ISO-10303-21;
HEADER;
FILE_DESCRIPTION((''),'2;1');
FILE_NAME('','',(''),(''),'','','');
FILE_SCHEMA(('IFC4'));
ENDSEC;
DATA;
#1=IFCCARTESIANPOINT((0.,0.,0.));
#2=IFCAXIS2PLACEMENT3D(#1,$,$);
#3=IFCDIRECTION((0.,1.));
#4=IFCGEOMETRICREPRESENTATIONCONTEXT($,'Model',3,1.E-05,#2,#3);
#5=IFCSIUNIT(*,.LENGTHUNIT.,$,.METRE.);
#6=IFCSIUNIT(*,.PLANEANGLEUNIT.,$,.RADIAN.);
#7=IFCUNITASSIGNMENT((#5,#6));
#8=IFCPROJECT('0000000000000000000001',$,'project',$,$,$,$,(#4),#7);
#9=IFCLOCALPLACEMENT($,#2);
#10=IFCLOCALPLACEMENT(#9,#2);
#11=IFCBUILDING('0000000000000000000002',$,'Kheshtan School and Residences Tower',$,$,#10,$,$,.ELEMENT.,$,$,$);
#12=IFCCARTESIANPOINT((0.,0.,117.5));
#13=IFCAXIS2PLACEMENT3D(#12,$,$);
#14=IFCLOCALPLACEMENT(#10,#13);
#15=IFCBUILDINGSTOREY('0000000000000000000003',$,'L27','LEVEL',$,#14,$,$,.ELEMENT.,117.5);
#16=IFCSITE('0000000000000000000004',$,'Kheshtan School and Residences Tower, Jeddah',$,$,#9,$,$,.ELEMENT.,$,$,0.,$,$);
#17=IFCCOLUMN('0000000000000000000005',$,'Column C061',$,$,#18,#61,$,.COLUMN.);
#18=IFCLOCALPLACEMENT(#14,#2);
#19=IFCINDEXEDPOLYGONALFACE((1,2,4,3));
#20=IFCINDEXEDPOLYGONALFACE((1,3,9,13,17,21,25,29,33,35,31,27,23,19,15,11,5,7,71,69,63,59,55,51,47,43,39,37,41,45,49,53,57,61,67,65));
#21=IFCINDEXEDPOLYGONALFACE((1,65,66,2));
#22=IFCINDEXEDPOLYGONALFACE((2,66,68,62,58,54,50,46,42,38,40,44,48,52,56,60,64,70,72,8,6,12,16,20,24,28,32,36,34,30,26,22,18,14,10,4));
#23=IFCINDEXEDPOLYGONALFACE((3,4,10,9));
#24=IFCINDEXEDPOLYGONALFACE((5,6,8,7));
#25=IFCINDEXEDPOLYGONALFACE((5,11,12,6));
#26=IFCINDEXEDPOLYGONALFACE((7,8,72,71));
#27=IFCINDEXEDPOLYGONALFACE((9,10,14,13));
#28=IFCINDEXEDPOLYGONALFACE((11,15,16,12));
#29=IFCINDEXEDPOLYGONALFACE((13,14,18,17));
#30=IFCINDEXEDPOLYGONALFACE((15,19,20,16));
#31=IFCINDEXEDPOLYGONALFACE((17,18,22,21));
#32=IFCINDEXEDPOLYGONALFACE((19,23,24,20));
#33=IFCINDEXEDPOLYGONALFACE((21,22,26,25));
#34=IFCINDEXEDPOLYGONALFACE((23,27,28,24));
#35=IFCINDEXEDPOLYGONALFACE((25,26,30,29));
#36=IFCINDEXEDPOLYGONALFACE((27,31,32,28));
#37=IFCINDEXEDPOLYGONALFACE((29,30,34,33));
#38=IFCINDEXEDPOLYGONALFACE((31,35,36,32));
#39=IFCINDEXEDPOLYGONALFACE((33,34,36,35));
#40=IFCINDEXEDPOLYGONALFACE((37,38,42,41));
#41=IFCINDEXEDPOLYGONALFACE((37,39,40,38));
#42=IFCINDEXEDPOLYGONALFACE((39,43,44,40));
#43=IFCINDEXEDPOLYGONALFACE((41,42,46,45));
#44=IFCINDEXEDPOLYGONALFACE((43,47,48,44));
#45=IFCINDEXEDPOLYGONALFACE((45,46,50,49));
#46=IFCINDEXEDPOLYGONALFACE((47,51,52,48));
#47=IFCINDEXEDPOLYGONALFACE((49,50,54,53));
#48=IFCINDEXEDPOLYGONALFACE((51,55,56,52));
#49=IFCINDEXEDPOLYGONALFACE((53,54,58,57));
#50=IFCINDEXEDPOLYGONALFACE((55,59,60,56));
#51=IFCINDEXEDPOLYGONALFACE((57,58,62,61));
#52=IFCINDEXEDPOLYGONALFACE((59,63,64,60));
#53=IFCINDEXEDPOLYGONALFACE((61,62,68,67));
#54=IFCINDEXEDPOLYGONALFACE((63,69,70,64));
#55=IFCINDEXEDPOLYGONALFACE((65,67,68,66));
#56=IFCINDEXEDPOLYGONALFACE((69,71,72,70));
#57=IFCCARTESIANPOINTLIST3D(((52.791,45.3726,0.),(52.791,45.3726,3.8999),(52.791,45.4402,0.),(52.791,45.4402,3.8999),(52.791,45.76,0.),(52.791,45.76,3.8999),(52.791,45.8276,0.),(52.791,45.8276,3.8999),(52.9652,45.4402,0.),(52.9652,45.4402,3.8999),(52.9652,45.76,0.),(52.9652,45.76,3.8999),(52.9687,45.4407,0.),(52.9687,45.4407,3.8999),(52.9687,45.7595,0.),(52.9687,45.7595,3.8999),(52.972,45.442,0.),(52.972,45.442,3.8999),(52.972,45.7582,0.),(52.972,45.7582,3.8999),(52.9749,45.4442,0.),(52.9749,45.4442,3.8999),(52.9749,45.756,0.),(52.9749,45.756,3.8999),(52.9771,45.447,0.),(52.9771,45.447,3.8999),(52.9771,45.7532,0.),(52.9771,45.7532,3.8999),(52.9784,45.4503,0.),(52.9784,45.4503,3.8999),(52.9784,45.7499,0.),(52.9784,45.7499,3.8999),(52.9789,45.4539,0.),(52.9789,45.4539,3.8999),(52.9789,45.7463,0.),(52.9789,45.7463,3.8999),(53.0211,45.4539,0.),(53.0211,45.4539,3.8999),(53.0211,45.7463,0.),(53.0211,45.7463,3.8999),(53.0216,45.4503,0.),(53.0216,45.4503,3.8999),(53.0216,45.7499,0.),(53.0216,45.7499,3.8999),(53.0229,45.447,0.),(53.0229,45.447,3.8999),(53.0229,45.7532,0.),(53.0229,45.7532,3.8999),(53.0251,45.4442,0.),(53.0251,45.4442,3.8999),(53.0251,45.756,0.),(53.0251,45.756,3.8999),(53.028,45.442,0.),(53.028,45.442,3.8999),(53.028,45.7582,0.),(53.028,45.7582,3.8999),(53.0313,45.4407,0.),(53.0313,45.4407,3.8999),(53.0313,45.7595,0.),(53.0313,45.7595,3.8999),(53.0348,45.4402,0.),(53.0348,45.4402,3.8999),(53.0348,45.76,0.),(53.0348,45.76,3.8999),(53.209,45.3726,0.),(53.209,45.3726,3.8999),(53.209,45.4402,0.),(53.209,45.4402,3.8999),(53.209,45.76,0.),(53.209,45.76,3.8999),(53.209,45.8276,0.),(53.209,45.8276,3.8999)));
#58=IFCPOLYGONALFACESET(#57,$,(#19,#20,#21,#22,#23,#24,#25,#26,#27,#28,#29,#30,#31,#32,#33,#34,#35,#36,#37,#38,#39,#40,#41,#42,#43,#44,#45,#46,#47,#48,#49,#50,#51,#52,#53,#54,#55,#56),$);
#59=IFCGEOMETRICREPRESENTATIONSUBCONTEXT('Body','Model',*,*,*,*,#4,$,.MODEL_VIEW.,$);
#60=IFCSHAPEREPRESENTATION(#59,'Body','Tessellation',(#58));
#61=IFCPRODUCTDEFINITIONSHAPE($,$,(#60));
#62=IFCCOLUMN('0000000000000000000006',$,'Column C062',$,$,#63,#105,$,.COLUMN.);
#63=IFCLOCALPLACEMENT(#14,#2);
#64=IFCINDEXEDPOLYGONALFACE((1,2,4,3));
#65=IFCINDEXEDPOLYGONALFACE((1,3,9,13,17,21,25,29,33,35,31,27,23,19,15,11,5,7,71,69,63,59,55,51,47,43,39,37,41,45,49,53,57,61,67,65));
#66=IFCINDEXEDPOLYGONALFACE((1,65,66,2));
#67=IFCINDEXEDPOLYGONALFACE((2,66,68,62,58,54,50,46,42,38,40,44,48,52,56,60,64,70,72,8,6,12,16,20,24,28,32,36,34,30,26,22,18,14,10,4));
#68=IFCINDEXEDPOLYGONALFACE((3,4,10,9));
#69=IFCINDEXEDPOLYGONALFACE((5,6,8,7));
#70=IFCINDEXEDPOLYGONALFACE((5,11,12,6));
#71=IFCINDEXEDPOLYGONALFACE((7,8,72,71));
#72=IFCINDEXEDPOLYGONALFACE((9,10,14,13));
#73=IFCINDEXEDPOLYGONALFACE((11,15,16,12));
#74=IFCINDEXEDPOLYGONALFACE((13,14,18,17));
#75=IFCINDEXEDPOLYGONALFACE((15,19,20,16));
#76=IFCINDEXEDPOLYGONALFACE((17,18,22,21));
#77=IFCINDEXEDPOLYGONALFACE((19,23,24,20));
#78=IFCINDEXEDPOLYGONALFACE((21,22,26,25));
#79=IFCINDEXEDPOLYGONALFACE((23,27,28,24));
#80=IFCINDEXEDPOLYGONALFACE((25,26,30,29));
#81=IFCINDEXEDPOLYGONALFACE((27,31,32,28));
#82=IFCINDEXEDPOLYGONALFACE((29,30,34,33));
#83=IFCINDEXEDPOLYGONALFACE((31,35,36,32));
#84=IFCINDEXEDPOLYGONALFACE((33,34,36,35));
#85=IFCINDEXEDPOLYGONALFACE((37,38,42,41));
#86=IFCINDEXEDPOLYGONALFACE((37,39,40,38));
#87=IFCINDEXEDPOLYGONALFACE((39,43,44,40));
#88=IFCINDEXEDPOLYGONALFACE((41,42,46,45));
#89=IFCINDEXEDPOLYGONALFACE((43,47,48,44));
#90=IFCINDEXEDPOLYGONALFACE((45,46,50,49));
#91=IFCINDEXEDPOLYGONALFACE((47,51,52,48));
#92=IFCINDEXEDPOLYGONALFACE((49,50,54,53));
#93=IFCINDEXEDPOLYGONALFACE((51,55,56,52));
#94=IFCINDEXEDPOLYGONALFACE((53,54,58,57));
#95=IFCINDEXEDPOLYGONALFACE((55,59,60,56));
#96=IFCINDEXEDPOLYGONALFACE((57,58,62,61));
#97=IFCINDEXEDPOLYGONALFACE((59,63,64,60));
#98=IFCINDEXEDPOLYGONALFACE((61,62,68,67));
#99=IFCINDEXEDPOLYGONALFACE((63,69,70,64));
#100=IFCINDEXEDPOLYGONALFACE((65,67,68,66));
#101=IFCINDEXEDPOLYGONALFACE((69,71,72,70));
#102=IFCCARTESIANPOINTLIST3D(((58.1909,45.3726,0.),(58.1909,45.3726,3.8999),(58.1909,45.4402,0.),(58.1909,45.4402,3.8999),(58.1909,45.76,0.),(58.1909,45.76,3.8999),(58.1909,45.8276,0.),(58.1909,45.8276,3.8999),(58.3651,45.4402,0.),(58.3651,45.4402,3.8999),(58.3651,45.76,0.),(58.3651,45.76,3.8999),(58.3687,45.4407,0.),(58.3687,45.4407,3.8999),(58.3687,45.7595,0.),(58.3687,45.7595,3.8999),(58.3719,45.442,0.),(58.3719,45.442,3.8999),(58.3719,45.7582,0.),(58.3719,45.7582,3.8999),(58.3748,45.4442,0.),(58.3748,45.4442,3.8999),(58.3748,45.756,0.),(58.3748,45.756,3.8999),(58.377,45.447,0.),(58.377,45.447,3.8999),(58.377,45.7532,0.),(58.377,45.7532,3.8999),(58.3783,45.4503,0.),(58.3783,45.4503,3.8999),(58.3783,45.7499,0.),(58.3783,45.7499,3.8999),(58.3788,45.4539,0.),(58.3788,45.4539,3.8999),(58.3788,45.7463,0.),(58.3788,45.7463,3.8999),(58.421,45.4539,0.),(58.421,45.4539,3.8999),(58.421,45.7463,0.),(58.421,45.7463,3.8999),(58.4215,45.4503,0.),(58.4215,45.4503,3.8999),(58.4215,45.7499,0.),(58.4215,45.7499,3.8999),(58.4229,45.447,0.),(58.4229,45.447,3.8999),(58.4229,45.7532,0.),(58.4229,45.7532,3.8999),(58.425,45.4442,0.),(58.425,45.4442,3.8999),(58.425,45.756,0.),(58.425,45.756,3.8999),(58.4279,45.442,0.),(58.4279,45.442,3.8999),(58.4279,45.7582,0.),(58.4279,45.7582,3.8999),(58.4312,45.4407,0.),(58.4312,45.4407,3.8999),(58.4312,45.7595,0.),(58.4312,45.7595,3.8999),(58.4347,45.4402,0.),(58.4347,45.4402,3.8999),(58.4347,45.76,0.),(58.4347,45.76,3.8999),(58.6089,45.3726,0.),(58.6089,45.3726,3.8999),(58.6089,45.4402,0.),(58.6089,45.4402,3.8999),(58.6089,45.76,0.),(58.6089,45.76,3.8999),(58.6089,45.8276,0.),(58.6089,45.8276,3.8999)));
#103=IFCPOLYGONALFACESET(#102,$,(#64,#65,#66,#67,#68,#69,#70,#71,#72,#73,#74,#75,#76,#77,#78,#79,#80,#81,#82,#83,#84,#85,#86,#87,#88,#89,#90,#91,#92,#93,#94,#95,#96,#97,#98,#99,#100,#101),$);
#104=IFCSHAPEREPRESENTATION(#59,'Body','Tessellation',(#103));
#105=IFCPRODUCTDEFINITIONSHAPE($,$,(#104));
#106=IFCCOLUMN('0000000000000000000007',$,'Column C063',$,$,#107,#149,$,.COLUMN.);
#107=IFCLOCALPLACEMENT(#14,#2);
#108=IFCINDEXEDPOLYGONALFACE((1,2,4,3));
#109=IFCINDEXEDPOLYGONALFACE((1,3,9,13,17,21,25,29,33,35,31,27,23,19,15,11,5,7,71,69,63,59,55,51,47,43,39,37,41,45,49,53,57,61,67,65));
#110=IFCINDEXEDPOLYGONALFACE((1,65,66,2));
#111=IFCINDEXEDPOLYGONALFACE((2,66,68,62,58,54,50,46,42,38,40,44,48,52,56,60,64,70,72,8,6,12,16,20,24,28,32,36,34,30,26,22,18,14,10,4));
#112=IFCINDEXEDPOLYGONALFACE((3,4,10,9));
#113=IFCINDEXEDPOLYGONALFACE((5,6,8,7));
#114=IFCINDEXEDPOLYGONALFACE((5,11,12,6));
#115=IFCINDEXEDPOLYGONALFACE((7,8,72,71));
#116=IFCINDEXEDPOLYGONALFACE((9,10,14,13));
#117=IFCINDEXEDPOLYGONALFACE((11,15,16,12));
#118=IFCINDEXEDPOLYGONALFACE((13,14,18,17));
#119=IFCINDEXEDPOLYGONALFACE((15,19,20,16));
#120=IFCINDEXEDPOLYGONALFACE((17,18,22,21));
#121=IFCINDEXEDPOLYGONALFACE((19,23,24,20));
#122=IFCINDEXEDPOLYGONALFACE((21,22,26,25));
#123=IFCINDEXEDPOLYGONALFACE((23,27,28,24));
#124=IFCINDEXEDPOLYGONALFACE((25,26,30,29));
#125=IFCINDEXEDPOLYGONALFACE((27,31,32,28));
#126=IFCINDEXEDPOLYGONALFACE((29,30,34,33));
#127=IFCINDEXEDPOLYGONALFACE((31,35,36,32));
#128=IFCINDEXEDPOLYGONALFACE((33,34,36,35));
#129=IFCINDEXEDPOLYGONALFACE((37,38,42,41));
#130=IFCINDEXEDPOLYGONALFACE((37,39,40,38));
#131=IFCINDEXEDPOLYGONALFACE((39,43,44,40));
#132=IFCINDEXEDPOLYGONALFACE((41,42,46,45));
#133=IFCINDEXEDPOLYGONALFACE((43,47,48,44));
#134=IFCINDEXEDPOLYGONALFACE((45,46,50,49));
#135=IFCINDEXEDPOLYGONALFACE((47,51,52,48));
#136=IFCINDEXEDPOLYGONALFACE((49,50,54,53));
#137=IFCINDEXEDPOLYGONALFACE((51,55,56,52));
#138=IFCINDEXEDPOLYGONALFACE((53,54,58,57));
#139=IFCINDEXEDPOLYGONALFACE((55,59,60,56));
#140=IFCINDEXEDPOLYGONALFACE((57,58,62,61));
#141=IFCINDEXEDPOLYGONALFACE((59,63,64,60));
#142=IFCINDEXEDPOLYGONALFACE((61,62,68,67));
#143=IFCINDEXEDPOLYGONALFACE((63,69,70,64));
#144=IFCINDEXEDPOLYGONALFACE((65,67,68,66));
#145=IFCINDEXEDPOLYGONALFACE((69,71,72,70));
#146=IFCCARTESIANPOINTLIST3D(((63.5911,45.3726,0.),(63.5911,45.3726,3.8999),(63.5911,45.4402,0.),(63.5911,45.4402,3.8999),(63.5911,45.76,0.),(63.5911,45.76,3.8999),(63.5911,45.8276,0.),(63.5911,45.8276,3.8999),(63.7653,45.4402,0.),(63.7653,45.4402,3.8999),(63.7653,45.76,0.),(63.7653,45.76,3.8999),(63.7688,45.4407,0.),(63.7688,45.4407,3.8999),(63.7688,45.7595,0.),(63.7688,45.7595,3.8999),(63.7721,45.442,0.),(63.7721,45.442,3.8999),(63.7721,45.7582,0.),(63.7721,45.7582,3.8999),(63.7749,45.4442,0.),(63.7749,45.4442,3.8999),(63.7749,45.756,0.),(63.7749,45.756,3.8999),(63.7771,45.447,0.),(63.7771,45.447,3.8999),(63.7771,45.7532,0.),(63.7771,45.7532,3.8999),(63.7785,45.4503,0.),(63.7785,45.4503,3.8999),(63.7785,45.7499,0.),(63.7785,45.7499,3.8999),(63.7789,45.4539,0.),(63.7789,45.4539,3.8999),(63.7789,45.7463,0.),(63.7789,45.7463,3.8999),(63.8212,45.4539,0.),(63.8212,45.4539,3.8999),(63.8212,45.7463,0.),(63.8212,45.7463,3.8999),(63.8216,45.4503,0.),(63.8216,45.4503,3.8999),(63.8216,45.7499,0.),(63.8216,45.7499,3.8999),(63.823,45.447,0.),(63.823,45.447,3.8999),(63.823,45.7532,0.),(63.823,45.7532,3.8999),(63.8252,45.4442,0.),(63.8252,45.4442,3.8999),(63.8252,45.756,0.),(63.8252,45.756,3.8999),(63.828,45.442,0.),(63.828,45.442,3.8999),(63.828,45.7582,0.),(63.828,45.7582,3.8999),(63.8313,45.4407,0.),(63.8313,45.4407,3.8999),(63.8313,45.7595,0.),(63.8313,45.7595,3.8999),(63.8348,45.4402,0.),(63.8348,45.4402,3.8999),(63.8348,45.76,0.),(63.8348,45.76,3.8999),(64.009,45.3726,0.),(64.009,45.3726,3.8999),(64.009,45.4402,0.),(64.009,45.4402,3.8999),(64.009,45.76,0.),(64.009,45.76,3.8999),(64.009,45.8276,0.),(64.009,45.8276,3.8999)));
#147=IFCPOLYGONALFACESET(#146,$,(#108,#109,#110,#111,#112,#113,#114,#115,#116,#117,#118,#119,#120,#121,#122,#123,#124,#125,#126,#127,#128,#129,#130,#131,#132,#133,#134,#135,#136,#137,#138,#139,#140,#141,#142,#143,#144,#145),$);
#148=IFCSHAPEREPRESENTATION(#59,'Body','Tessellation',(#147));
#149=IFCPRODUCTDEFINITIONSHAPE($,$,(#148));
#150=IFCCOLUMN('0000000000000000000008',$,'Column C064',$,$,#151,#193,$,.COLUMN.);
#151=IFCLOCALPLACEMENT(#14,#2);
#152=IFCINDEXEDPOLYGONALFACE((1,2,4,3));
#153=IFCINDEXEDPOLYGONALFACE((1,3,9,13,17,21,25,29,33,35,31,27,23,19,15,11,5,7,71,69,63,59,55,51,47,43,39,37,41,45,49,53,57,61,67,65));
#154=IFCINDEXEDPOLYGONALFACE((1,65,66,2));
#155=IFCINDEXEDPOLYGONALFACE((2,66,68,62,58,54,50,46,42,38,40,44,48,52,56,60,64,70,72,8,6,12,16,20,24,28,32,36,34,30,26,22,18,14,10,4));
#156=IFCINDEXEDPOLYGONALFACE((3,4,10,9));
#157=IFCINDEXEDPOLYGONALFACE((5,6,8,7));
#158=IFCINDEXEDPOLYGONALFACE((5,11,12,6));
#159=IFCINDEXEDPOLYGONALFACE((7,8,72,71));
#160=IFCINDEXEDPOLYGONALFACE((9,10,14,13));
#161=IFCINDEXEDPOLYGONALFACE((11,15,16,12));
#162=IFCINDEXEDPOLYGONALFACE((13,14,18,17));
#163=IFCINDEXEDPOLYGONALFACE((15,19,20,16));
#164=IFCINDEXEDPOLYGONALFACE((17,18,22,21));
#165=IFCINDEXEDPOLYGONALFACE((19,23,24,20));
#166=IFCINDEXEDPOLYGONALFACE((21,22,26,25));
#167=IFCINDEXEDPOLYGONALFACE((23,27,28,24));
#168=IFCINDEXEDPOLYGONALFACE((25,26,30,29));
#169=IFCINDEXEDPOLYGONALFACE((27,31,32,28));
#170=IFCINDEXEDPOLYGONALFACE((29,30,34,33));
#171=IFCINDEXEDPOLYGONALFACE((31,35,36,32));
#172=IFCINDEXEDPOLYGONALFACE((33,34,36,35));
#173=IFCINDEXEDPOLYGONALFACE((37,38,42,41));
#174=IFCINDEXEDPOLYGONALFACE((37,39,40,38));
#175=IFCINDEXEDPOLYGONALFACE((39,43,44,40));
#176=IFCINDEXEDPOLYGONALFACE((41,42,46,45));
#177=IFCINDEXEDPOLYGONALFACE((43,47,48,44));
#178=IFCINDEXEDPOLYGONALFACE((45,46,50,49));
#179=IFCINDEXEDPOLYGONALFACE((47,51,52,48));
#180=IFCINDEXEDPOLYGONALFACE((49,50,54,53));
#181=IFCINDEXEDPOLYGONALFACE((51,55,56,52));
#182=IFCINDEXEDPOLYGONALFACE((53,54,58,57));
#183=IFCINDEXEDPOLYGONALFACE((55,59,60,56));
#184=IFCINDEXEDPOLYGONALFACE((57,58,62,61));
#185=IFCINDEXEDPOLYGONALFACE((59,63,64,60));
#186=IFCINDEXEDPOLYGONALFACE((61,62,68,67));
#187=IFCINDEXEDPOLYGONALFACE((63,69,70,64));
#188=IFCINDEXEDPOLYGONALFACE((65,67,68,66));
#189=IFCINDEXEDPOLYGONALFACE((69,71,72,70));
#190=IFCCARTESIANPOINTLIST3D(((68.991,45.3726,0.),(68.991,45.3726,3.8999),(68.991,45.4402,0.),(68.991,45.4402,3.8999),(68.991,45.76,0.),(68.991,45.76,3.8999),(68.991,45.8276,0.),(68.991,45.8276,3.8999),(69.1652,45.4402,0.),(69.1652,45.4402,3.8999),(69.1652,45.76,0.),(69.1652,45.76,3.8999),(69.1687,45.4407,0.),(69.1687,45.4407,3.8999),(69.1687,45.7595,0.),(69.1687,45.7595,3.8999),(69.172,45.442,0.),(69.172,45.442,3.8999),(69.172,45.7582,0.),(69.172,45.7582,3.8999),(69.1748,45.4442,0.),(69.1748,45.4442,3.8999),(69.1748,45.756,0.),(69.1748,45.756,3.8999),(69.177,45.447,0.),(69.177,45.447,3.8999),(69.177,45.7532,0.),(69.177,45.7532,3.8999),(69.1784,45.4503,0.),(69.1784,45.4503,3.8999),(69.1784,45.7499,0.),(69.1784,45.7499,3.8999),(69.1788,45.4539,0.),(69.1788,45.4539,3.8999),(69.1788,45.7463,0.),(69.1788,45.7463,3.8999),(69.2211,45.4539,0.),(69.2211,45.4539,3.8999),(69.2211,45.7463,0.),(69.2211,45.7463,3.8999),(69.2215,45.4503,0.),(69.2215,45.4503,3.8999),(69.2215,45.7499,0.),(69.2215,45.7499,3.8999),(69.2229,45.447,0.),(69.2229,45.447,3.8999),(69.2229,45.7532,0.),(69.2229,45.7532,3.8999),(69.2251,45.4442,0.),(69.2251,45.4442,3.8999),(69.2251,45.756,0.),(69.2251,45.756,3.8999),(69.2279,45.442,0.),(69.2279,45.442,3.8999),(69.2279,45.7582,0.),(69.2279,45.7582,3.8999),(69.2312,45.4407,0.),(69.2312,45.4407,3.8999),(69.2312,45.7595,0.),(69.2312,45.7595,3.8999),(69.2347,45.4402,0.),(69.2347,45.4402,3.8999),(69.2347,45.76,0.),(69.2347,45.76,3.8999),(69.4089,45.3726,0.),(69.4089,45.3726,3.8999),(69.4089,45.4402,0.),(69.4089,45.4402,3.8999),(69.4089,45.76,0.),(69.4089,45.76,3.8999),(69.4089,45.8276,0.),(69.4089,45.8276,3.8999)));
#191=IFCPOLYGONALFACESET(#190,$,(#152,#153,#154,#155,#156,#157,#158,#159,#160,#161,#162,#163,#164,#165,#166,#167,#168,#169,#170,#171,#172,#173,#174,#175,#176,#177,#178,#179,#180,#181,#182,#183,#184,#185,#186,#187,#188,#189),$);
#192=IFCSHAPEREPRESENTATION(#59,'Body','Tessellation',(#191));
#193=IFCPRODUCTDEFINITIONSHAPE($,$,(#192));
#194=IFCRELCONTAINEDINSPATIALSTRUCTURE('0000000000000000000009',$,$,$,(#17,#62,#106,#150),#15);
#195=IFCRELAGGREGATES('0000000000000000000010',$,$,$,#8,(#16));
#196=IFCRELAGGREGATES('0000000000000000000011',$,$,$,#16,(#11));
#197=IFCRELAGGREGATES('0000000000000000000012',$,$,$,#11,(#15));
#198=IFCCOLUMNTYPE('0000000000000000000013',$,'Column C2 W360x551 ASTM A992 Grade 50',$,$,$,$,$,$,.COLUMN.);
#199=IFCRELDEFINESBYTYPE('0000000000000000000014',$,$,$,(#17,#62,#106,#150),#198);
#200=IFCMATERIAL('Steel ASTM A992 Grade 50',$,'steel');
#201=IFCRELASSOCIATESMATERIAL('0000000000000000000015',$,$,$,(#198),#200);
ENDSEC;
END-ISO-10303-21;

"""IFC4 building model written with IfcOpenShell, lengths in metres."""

from ifc_helpers import new_model, si_unit, direction, frame, origin, origin_2d, place, context, subcontext, project, spatial, i_section, extrude, material, material_profile, profile_set, type_object, element, save


model = new_model("IFC4")

# Units and contexts
model_context = context("Model", 3, precision=1e-05, world=origin(), true_north=direction((0.0, 1.0)))
body_context = subcontext(model_context, "Body", "Model", "MODEL_VIEW")
ifc_project = project(units=[si_unit("LENGTHUNIT", "METRE"), si_unit("PLANEANGLEUNIT", "RADIAN")], contexts=[model_context])

# Site, building, storey
site_placement = place(None, origin())
site = spatial("IfcSite", under=ifc_project, at=site_placement, Name="Kheshtan School and Residences Tower, Jeddah", CompositionType="ELEMENT", RefElevation=0.0)
building_placement = place(site_placement, origin())
building = spatial("IfcBuilding", under=site, at=building_placement, Name="Kheshtan School and Residences Tower", CompositionType="ELEMENT")
storey_placement = place(building_placement, frame((0.0, 0.0, 117.5)))
storey = spatial("IfcBuildingStorey", under=building, at=storey_placement, Name="L27", Description="LEVEL", CompositionType="ELEMENT", Elevation=117.5)

# Columns
ifc_material_1 = material(Name="Steel ASTM A992 Grade 50", Category="steel")
ifc_material_profile_1 = material_profile(ifc_material_1, i_section(OverallWidth=0.418, OverallDepth=0.4551, WebThickness=0.0422, FlangeThickness=0.0676, FilletRadius=0.0137, at=origin_2d()), Name="W360x551")
ifc_profile_set_1 = profile_set([ifc_material_profile_1], Name="Steel ASTM A992 Grade 50")
column_type = type_object("IfcColumnType", Name="Column C2 W360x551 ASTM A992 Grade 50", PredefinedType="COLUMN", material=ifc_profile_set_1)
for number, where, z_axis, x_axis, name in (
    (1, (53.0, 45.6001, 0.0), (0.0, 0.0, 1.0), (1.0, 0.0, 0.0), "Column C061"),
    (2, (58.3999, 45.6001, 0.0), (0.0, 0.0, 1.0), (1.0, 0.0, 0.0), "Column C062"),
    (3, (63.8, 45.6001, 0.0), (0.0, 0.0, 1.0), (1.0, 0.0, 0.0), "Column C063"),
    (4, (69.2, 45.6001, 0.0), (0.0, 0.0, 1.0), (1.0, 0.0, 0.0), "Column C064"),
):
    element("IfcColumn", number, at=place(storey_placement, frame(where, z_axis=z_axis, x_axis=x_axis)), inside=storey, type_object=column_type, Name=name, PredefinedType="COLUMN", context=body_context, shape_type="SweptSolid", body=[
        extrude(i_section(OverallWidth=0.418, OverallDepth=0.4551, WebThickness=0.0422, FlangeThickness=0.0676, FilletRadius=0.0137, at=origin_2d()), origin(), (0.0, 0.0, 1.0), 3.8999),
    ])

save(model, "model.ifc")
